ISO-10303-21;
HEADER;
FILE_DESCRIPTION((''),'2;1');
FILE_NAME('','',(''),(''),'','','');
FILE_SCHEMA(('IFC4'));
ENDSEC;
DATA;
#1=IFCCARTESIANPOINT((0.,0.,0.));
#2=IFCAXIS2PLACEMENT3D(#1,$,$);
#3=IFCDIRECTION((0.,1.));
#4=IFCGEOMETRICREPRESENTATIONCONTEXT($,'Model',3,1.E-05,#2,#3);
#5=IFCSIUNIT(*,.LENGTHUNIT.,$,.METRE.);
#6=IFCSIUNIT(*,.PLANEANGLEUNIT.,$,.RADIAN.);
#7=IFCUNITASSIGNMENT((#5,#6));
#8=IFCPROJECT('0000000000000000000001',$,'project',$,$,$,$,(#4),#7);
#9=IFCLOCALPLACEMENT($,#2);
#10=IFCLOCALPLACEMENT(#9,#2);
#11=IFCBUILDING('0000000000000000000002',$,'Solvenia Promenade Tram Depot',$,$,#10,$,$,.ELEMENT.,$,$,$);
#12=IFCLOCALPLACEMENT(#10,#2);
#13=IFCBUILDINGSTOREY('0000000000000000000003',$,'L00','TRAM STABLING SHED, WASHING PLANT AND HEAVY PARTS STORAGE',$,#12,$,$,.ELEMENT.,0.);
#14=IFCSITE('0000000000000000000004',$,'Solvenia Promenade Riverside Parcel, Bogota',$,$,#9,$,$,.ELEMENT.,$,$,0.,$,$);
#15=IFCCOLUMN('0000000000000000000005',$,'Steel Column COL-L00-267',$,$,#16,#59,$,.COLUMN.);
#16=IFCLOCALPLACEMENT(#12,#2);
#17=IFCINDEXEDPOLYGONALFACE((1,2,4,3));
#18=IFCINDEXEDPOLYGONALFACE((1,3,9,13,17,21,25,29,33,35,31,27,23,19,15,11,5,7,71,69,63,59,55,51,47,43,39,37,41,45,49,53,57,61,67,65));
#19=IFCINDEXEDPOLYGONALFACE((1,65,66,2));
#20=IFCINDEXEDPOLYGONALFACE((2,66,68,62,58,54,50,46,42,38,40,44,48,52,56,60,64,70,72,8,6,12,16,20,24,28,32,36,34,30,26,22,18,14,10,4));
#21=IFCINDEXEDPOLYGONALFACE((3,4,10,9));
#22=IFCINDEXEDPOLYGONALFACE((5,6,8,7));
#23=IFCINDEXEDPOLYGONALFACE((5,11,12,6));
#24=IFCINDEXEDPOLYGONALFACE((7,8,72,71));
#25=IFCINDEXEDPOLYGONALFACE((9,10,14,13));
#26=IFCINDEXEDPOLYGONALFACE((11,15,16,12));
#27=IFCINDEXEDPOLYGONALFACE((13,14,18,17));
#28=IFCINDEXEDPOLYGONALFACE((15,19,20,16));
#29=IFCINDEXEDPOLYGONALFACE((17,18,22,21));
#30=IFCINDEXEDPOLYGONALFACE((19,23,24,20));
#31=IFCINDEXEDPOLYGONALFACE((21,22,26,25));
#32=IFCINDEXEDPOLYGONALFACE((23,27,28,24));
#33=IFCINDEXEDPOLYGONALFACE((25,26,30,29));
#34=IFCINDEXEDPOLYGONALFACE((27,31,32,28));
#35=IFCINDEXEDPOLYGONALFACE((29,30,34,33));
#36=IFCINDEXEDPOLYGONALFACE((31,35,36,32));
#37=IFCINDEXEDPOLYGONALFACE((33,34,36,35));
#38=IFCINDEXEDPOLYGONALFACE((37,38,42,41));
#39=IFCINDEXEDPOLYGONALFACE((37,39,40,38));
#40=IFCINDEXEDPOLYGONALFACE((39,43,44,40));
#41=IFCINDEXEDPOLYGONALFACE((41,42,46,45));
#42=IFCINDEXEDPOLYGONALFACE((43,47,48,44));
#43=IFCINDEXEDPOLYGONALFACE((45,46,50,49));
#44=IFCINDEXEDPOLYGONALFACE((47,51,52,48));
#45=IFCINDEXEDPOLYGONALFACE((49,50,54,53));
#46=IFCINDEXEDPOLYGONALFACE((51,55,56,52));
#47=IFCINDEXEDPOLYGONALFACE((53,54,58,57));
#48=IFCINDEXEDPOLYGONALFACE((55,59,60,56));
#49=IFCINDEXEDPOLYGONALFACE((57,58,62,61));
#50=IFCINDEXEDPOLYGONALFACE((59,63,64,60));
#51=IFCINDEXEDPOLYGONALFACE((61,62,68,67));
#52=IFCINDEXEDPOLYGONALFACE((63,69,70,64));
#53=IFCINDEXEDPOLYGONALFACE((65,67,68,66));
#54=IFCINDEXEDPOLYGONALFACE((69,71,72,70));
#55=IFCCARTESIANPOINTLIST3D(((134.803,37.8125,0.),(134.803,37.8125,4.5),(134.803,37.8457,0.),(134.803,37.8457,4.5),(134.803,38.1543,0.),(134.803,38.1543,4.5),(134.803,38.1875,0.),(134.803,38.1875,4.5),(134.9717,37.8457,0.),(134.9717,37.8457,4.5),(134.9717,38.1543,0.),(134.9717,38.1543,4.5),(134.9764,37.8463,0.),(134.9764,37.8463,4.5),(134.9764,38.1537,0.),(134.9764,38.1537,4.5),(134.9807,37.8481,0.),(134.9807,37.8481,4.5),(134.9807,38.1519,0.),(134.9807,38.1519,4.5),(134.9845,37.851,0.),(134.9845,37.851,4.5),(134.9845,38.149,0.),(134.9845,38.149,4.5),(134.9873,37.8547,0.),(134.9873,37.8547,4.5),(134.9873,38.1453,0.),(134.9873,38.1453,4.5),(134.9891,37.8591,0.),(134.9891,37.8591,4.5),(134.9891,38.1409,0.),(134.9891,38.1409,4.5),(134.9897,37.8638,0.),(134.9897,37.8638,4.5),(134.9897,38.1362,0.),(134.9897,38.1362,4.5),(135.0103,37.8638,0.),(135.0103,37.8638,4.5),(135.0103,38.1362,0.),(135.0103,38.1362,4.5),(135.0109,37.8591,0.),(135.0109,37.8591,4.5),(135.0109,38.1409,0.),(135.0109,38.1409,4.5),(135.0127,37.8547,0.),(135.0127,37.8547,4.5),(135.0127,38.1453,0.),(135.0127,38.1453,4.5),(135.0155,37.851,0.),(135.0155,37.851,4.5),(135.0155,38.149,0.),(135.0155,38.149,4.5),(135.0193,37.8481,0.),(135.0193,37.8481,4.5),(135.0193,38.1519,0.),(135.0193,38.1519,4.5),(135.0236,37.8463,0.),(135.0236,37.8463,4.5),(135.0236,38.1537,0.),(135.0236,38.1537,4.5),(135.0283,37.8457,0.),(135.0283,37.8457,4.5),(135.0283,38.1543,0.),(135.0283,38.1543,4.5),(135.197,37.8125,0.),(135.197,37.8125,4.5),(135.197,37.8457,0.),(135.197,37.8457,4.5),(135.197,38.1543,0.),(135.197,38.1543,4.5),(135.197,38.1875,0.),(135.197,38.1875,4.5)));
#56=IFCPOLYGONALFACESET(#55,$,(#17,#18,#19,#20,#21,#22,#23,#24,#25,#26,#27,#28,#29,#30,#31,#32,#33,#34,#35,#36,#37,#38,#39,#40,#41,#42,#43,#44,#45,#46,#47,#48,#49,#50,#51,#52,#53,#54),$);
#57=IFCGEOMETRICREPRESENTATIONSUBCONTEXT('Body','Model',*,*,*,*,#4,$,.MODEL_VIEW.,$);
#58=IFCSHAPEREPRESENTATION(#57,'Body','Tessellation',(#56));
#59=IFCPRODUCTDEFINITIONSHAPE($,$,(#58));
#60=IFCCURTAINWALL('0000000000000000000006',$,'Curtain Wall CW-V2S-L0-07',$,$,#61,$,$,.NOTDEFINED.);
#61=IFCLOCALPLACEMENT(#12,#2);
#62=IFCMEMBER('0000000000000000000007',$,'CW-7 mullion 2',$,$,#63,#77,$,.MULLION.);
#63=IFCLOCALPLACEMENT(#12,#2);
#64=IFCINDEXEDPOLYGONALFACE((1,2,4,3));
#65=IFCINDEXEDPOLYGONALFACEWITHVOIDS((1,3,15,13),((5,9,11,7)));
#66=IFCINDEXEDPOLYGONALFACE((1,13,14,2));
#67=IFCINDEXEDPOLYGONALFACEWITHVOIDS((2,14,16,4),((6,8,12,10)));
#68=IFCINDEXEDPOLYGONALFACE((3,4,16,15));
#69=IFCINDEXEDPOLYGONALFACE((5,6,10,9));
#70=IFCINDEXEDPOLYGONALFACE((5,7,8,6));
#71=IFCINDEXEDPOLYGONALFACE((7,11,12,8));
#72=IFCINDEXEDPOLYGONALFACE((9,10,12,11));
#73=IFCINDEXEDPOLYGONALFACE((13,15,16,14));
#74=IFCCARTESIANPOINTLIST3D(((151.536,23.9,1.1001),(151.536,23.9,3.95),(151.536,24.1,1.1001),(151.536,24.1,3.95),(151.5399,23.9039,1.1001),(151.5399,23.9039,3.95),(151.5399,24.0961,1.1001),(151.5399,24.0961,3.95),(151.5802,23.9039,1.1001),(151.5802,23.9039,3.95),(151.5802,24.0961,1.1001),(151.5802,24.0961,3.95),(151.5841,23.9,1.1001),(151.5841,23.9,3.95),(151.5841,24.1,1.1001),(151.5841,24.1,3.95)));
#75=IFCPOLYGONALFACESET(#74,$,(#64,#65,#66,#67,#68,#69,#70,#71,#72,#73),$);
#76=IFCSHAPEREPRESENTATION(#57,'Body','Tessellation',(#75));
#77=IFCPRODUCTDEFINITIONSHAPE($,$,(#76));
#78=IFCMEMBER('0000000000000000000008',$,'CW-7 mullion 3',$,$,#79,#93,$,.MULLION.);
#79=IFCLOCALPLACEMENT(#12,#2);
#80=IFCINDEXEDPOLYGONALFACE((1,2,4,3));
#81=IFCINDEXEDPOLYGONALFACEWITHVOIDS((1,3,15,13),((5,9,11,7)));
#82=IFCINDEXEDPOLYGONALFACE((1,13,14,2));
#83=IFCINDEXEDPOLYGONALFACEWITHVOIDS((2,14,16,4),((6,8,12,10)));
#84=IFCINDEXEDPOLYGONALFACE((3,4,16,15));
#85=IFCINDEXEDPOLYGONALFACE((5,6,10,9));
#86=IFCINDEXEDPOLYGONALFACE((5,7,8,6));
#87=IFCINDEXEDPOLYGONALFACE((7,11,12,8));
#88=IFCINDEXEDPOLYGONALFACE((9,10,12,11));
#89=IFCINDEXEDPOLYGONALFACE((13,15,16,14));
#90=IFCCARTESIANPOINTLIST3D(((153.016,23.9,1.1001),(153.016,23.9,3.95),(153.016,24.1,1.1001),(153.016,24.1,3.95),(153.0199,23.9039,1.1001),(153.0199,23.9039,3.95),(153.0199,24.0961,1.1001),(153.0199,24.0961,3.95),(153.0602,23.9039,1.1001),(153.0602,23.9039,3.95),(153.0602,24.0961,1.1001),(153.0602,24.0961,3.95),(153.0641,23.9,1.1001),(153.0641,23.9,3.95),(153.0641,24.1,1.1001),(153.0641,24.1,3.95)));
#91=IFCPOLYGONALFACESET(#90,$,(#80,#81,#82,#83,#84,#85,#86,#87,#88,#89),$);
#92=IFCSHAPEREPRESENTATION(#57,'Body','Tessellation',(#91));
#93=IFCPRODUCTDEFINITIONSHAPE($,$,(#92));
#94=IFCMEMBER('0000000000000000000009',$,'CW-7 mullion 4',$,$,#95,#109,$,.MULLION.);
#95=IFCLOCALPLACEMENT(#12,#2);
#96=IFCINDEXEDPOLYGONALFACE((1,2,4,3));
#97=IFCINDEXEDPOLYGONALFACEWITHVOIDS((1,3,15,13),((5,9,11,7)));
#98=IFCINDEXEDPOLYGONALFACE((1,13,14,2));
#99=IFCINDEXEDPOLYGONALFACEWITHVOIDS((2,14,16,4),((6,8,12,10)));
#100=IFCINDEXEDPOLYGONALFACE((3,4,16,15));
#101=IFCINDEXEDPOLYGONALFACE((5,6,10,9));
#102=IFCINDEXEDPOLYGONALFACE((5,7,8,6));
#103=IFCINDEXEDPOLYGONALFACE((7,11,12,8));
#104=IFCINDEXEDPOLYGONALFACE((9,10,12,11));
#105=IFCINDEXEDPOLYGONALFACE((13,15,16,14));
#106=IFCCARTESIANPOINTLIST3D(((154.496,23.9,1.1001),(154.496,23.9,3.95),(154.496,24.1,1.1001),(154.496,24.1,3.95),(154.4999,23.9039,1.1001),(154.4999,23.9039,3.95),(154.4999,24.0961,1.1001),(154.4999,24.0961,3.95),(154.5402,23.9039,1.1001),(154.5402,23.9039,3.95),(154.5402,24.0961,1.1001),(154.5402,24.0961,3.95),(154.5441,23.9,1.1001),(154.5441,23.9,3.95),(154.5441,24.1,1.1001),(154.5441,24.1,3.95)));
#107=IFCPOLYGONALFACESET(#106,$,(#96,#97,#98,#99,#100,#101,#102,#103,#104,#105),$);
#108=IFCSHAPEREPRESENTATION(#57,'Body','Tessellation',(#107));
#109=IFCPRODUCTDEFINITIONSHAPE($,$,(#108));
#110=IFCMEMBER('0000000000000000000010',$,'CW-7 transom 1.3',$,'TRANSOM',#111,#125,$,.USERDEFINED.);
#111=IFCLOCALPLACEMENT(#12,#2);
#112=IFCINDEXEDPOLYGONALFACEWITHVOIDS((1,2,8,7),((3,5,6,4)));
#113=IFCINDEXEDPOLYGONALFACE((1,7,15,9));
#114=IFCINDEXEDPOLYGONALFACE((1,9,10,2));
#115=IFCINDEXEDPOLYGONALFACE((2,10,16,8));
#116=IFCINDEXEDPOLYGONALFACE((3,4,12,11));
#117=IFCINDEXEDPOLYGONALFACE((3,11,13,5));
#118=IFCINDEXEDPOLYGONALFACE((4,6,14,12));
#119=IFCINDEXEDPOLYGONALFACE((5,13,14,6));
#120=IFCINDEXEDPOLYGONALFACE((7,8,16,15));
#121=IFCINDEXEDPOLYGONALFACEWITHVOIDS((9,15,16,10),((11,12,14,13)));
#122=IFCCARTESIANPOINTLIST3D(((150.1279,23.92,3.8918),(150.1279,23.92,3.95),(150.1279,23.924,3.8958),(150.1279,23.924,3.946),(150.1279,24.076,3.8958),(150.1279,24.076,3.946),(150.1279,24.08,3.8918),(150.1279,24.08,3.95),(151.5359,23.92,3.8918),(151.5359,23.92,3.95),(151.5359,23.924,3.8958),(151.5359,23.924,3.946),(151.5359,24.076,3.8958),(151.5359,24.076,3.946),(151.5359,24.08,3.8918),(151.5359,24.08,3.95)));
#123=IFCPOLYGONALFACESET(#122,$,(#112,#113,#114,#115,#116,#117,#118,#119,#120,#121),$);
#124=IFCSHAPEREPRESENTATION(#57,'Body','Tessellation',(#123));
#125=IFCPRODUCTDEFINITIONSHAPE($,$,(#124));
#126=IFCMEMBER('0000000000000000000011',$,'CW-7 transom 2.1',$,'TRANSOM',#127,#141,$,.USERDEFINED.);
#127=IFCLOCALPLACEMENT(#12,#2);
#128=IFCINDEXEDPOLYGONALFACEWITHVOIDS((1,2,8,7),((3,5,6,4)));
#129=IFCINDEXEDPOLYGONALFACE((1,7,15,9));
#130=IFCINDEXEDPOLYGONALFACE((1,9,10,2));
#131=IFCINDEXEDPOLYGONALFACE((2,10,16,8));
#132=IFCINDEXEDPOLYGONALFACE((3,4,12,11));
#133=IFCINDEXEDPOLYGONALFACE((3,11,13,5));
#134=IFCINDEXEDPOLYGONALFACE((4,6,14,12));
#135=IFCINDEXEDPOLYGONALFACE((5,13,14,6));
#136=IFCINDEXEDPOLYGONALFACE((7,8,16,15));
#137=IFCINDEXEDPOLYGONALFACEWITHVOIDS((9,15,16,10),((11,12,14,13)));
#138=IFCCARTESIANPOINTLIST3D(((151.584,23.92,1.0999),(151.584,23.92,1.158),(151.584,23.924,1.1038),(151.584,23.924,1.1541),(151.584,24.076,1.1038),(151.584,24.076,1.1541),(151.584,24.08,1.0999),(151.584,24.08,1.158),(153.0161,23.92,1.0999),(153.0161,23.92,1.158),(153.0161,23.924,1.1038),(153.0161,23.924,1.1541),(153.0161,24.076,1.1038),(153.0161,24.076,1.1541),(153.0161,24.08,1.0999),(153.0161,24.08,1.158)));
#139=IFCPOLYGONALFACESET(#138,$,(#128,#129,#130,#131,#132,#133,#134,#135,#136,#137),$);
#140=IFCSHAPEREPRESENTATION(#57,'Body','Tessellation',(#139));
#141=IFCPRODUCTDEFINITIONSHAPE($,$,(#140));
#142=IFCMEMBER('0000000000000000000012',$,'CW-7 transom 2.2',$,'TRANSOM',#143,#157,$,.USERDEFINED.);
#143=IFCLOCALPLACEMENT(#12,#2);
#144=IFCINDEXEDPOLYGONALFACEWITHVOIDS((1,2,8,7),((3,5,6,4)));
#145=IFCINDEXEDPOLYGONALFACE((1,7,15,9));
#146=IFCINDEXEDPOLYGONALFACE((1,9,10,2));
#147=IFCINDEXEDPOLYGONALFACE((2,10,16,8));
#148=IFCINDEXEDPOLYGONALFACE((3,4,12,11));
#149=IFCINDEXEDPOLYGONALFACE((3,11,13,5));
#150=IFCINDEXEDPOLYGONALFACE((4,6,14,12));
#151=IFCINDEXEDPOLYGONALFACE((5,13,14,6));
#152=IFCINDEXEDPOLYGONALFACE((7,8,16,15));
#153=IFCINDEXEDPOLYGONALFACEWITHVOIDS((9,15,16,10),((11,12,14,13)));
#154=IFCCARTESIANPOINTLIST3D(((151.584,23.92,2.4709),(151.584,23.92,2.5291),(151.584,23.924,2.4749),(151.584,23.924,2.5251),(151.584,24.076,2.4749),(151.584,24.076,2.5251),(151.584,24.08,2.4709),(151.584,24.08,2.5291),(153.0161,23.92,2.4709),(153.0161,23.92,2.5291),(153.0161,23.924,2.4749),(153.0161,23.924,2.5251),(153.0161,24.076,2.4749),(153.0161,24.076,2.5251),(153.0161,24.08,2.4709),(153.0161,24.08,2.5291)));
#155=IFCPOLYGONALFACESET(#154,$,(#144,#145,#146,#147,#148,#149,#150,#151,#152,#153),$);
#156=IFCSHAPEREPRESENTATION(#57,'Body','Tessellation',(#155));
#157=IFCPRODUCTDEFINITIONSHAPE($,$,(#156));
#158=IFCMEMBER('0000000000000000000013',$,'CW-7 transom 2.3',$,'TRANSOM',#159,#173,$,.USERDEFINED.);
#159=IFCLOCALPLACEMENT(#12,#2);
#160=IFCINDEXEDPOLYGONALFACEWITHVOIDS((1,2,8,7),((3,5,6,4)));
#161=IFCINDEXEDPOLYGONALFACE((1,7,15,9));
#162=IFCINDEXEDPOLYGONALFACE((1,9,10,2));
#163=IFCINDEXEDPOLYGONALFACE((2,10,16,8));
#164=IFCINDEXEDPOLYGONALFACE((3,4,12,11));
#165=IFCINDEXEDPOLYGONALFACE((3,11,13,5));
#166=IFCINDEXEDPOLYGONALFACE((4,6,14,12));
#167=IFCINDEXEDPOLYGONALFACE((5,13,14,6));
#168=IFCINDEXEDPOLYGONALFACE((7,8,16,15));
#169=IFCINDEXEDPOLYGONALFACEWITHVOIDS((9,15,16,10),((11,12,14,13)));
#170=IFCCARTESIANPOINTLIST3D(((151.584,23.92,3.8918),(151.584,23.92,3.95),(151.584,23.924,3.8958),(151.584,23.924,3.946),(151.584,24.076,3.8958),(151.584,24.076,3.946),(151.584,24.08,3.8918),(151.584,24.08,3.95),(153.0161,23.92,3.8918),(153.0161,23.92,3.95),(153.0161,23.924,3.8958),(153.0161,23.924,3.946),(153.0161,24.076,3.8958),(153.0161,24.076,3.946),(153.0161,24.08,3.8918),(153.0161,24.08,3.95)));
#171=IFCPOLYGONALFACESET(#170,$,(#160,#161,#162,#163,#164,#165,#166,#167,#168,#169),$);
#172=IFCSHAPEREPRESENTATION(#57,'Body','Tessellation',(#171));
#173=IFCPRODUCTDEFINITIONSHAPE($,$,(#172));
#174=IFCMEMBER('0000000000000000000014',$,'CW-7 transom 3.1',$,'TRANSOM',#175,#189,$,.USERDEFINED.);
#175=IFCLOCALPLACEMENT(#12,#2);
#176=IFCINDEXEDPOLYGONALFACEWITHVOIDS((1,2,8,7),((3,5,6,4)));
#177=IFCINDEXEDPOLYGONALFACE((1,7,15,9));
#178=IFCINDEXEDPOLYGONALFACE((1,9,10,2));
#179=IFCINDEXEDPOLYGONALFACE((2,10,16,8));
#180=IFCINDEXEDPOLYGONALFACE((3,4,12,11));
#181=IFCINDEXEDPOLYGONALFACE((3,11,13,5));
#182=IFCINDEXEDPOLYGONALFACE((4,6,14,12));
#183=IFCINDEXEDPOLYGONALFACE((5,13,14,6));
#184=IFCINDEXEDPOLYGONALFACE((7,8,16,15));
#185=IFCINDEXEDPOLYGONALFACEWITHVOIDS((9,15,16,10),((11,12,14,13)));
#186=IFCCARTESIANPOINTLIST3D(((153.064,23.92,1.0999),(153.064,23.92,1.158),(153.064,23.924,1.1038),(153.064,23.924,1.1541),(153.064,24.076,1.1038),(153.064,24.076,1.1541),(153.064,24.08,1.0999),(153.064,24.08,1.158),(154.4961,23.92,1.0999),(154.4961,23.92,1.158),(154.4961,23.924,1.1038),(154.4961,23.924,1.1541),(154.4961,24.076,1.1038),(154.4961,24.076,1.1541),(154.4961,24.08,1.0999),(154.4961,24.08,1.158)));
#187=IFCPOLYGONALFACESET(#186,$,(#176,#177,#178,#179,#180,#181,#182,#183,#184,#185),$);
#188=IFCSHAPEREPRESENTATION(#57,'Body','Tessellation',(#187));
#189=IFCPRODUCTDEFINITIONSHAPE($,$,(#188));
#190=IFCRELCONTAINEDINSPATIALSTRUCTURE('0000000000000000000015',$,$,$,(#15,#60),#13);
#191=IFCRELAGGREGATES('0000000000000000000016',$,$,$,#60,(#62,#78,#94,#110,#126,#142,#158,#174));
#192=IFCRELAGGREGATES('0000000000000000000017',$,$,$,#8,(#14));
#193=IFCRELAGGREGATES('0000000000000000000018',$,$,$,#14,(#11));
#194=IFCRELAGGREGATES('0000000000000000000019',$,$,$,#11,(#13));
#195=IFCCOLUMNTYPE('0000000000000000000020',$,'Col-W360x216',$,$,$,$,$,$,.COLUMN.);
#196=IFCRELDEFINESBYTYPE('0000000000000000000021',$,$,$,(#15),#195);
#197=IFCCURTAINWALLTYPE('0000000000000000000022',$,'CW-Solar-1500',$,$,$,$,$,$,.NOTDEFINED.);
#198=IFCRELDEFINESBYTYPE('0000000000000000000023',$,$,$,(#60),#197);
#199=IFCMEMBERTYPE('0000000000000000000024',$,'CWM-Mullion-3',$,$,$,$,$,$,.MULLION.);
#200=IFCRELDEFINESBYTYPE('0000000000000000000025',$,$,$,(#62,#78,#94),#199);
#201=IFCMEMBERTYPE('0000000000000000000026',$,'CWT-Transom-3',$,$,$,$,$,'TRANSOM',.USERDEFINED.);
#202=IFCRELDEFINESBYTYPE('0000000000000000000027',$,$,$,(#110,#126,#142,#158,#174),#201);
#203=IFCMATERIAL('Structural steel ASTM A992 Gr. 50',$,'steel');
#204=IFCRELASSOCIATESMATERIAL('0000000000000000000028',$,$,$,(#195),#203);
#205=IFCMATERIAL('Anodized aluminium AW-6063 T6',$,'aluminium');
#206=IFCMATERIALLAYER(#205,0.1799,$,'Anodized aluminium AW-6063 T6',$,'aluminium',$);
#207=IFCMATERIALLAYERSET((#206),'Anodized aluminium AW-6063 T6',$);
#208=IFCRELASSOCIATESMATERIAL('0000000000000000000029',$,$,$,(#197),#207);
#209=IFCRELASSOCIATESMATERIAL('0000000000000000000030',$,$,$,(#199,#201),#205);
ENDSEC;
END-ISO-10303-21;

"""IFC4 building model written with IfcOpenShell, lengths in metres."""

from ifc_helpers import new_model, si_unit, direction, frame, origin, origin_2d, place, context, subcontext, project, spatial, hollow_rectangle, i_section, extrude, material, layer, layer_set, material_profile, profile_set, type_object, element, aggregate, save


model = new_model("IFC4")

# Units and contexts
model_context = context("Model", 3, precision=1e-05, world=origin(), true_north=direction((0.0, 1.0)))
body_context = subcontext(model_context, "Body", "Model", "MODEL_VIEW")
ifc_project = project(units=[si_unit("LENGTHUNIT", "METRE"), si_unit("PLANEANGLEUNIT", "RADIAN")], contexts=[model_context])

# Site, building, storey
site_placement = place(None, origin())
site = spatial("IfcSite", under=ifc_project, at=site_placement, Name="Solvenia Promenade Riverside Parcel, Bogota", CompositionType="ELEMENT", RefElevation=0.0)
building_placement = place(site_placement, origin())
building = spatial("IfcBuilding", under=site, at=building_placement, Name="Solvenia Promenade Tram Depot", CompositionType="ELEMENT")
storey_placement = place(building_placement, origin())
storey = spatial("IfcBuildingStorey", under=building, at=storey_placement, Name="L00", Description="TRAM STABLING SHED, WASHING PLANT AND HEAVY PARTS STORAGE", CompositionType="ELEMENT", Elevation=0.0)

# Column
ifc_material_1 = material(Name="Structural steel ASTM A992 Gr. 50", Category="steel")
ifc_material_profile_1 = material_profile(ifc_material_1, i_section(OverallWidth=0.394, OverallDepth=0.375, WebThickness=0.0205, FlangeThickness=0.0332, FilletRadius=0.0181, at=origin_2d()), Name="W360x216", Category="steel")
ifc_profile_set_1 = profile_set([ifc_material_profile_1], Name="Structural steel ASTM A992 Gr. 50")
column_type = type_object("IfcColumnType", Name="Col-W360x216", PredefinedType="COLUMN", material=ifc_profile_set_1)
column_placement = place(storey_placement, frame((135.0, 38.0, 0.0), z_axis=(0.0, 0.0, 1.0), x_axis=(1.0, 0.0, 0.0)))
element("IfcColumn", 1, at=column_placement, inside=storey, type_object=column_type, Name="Steel Column COL-L00-267", PredefinedType="COLUMN", context=body_context, shape_type="SweptSolid", body=[
    extrude(i_section(OverallWidth=0.394, OverallDepth=0.375, WebThickness=0.0205, FlangeThickness=0.0332, FilletRadius=0.0181, at=origin_2d()), origin(), (0.0, 0.0, 1.0), 4.5),
])

# Curtain wall, members
ifc_material_2 = material(Name="Anodized aluminium AW-6063 T6", Category="aluminium")
ifc_layer_1 = layer(ifc_material_2, 0.1799, Name="Anodized aluminium AW-6063 T6", Category="aluminium")
ifc_layer_set_1 = layer_set([ifc_layer_1], Name="Anodized aluminium AW-6063 T6")
curtain_wall_type = type_object("IfcCurtainWallType", Name="CW-Solar-1500", PredefinedType="NOTDEFINED", material=ifc_layer_set_1)
curtain_wall_placement = place(storey_placement, origin())
curtain_wall = element("IfcCurtainWall", 2, at=curtain_wall_placement, inside=storey, type_object=curtain_wall_type, Name="Curtain Wall CW-V2S-L0-07", PredefinedType="NOTDEFINED")
ifc_material_profile_2 = material_profile(ifc_material_2, hollow_rectangle(XDim=0.2, YDim=0.0481, WallThickness=0.0039, at=origin_2d()), Name="ALU-M3", Category="aluminium")
ifc_profile_set_2 = profile_set([ifc_material_profile_2], Name="Anodized aluminium AW-6063 T6")
member_type_1 = type_object("IfcMemberType", Name="CWM-Mullion-3", PredefinedType="MULLION", material=ifc_profile_set_2)
member_1_placement = place(storey_placement, frame((151.5601, 24.0, 1.1001), z_axis=(0.0, 0.0, 1.0), x_axis=(0.0, 1.0, 0.0)))
member_1 = element("IfcMember", 3, at=member_1_placement, type_object=member_type_1, Name="CW-7 mullion 2", PredefinedType="MULLION", context=body_context, shape_type="SweptSolid", body=[
    extrude(hollow_rectangle(XDim=0.2, YDim=0.0481, WallThickness=0.0039, at=origin_2d()), origin(), (0.0, 0.0, 1.0), 2.8499),
])
member_2_placement = place(storey_placement, frame((153.04, 24.0, 1.1001), z_axis=(0.0, 0.0, 1.0), x_axis=(0.0, 1.0, 0.0)))
member_2 = element("IfcMember", 4, at=member_2_placement, type_object=member_type_1, Name="CW-7 mullion 3", PredefinedType="MULLION", context=body_context, shape_type="SweptSolid", body=[
    extrude(hollow_rectangle(XDim=0.2, YDim=0.0481, WallThickness=0.0039, at=origin_2d()), origin(), (0.0, 0.0, 1.0), 2.8499),
])
member_3_placement = place(storey_placement, frame((154.52, 24.0, 1.1001), z_axis=(0.0, 0.0, 1.0), x_axis=(0.0, 1.0, 0.0)))
member_3 = element("IfcMember", 5, at=member_3_placement, type_object=member_type_1, Name="CW-7 mullion 4", PredefinedType="MULLION", context=body_context, shape_type="SweptSolid", body=[
    extrude(hollow_rectangle(XDim=0.2, YDim=0.0481, WallThickness=0.0039, at=origin_2d()), origin(), (0.0, 0.0, 1.0), 2.8499),
])
ifc_material_profile_3 = material_profile(ifc_material_2, hollow_rectangle(XDim=0.1599, YDim=0.0581, WallThickness=0.0039, at=origin_2d()), Name="ALU-T3", Category="aluminium")
ifc_profile_set_3 = profile_set([ifc_material_profile_3], Name="Anodized aluminium AW-6063 T6")
member_type_2 = type_object("IfcMemberType", Name="CWT-Transom-3", ElementType="TRANSOM", PredefinedType="USERDEFINED", material=ifc_profile_set_3)
member_4_placement = place(storey_placement, frame((150.1279, 24.0, 3.9209), z_axis=(1.0, 0.0, 0.0), x_axis=(0.0, 1.0, 0.0)))
member_4 = element("IfcMember", 6, at=member_4_placement, type_object=member_type_2, Name="CW-7 transom 1.3", ObjectType="TRANSOM", PredefinedType="USERDEFINED", context=body_context, shape_type="SweptSolid", body=[
    extrude(hollow_rectangle(XDim=0.1599, YDim=0.0581, WallThickness=0.0039, at=origin_2d()), origin(), (0.0, 0.0, 1.0), 1.408),
])
member_5_placement = place(storey_placement, frame((151.584, 24.0, 1.1289), z_axis=(1.0, 0.0, 0.0), x_axis=(0.0, 1.0, 0.0)))
member_5 = element("IfcMember", 7, at=member_5_placement, type_object=member_type_2, Name="CW-7 transom 2.1", ObjectType="TRANSOM", PredefinedType="USERDEFINED", context=body_context, shape_type="SweptSolid", body=[
    extrude(hollow_rectangle(XDim=0.1599, YDim=0.0581, WallThickness=0.0039, at=origin_2d()), origin(), (0.0, 0.0, 1.0), 1.4321),
])
member_6_placement = place(storey_placement, frame((151.584, 24.0, 2.5), z_axis=(1.0, 0.0, 0.0), x_axis=(0.0, 1.0, 0.0)))
member_6 = element("IfcMember", 8, at=member_6_placement, type_object=member_type_2, Name="CW-7 transom 2.2", ObjectType="TRANSOM", PredefinedType="USERDEFINED", context=body_context, shape_type="SweptSolid", body=[
    extrude(hollow_rectangle(XDim=0.1599, YDim=0.0581, WallThickness=0.0039, at=origin_2d()), origin(), (0.0, 0.0, 1.0), 1.4321),
])
member_7_placement = place(storey_placement, frame((151.584, 24.0, 3.9209), z_axis=(1.0, 0.0, 0.0), x_axis=(0.0, 1.0, 0.0)))
member_7 = element("IfcMember", 9, at=member_7_placement, type_object=member_type_2, Name="CW-7 transom 2.3", ObjectType="TRANSOM", PredefinedType="USERDEFINED", context=body_context, shape_type="SweptSolid", body=[
    extrude(hollow_rectangle(XDim=0.1599, YDim=0.0581, WallThickness=0.0039, at=origin_2d()), origin(), (0.0, 0.0, 1.0), 1.4321),
])
member_8_placement = place(storey_placement, frame((153.064, 24.0, 1.1289), z_axis=(1.0, 0.0, 0.0), x_axis=(0.0, 1.0, 0.0)))
member_8 = element("IfcMember", 10, at=member_8_placement, type_object=member_type_2, Name="CW-7 transom 3.1", ObjectType="TRANSOM", PredefinedType="USERDEFINED", context=body_context, shape_type="SweptSolid", body=[
    extrude(hollow_rectangle(XDim=0.1599, YDim=0.0581, WallThickness=0.0039, at=origin_2d()), origin(), (0.0, 0.0, 1.0), 1.4321),
])
aggregate(curtain_wall, [member_1, member_2, member_3, member_4, member_5, member_6, member_7, member_8])

save(model, "model.ifc")
